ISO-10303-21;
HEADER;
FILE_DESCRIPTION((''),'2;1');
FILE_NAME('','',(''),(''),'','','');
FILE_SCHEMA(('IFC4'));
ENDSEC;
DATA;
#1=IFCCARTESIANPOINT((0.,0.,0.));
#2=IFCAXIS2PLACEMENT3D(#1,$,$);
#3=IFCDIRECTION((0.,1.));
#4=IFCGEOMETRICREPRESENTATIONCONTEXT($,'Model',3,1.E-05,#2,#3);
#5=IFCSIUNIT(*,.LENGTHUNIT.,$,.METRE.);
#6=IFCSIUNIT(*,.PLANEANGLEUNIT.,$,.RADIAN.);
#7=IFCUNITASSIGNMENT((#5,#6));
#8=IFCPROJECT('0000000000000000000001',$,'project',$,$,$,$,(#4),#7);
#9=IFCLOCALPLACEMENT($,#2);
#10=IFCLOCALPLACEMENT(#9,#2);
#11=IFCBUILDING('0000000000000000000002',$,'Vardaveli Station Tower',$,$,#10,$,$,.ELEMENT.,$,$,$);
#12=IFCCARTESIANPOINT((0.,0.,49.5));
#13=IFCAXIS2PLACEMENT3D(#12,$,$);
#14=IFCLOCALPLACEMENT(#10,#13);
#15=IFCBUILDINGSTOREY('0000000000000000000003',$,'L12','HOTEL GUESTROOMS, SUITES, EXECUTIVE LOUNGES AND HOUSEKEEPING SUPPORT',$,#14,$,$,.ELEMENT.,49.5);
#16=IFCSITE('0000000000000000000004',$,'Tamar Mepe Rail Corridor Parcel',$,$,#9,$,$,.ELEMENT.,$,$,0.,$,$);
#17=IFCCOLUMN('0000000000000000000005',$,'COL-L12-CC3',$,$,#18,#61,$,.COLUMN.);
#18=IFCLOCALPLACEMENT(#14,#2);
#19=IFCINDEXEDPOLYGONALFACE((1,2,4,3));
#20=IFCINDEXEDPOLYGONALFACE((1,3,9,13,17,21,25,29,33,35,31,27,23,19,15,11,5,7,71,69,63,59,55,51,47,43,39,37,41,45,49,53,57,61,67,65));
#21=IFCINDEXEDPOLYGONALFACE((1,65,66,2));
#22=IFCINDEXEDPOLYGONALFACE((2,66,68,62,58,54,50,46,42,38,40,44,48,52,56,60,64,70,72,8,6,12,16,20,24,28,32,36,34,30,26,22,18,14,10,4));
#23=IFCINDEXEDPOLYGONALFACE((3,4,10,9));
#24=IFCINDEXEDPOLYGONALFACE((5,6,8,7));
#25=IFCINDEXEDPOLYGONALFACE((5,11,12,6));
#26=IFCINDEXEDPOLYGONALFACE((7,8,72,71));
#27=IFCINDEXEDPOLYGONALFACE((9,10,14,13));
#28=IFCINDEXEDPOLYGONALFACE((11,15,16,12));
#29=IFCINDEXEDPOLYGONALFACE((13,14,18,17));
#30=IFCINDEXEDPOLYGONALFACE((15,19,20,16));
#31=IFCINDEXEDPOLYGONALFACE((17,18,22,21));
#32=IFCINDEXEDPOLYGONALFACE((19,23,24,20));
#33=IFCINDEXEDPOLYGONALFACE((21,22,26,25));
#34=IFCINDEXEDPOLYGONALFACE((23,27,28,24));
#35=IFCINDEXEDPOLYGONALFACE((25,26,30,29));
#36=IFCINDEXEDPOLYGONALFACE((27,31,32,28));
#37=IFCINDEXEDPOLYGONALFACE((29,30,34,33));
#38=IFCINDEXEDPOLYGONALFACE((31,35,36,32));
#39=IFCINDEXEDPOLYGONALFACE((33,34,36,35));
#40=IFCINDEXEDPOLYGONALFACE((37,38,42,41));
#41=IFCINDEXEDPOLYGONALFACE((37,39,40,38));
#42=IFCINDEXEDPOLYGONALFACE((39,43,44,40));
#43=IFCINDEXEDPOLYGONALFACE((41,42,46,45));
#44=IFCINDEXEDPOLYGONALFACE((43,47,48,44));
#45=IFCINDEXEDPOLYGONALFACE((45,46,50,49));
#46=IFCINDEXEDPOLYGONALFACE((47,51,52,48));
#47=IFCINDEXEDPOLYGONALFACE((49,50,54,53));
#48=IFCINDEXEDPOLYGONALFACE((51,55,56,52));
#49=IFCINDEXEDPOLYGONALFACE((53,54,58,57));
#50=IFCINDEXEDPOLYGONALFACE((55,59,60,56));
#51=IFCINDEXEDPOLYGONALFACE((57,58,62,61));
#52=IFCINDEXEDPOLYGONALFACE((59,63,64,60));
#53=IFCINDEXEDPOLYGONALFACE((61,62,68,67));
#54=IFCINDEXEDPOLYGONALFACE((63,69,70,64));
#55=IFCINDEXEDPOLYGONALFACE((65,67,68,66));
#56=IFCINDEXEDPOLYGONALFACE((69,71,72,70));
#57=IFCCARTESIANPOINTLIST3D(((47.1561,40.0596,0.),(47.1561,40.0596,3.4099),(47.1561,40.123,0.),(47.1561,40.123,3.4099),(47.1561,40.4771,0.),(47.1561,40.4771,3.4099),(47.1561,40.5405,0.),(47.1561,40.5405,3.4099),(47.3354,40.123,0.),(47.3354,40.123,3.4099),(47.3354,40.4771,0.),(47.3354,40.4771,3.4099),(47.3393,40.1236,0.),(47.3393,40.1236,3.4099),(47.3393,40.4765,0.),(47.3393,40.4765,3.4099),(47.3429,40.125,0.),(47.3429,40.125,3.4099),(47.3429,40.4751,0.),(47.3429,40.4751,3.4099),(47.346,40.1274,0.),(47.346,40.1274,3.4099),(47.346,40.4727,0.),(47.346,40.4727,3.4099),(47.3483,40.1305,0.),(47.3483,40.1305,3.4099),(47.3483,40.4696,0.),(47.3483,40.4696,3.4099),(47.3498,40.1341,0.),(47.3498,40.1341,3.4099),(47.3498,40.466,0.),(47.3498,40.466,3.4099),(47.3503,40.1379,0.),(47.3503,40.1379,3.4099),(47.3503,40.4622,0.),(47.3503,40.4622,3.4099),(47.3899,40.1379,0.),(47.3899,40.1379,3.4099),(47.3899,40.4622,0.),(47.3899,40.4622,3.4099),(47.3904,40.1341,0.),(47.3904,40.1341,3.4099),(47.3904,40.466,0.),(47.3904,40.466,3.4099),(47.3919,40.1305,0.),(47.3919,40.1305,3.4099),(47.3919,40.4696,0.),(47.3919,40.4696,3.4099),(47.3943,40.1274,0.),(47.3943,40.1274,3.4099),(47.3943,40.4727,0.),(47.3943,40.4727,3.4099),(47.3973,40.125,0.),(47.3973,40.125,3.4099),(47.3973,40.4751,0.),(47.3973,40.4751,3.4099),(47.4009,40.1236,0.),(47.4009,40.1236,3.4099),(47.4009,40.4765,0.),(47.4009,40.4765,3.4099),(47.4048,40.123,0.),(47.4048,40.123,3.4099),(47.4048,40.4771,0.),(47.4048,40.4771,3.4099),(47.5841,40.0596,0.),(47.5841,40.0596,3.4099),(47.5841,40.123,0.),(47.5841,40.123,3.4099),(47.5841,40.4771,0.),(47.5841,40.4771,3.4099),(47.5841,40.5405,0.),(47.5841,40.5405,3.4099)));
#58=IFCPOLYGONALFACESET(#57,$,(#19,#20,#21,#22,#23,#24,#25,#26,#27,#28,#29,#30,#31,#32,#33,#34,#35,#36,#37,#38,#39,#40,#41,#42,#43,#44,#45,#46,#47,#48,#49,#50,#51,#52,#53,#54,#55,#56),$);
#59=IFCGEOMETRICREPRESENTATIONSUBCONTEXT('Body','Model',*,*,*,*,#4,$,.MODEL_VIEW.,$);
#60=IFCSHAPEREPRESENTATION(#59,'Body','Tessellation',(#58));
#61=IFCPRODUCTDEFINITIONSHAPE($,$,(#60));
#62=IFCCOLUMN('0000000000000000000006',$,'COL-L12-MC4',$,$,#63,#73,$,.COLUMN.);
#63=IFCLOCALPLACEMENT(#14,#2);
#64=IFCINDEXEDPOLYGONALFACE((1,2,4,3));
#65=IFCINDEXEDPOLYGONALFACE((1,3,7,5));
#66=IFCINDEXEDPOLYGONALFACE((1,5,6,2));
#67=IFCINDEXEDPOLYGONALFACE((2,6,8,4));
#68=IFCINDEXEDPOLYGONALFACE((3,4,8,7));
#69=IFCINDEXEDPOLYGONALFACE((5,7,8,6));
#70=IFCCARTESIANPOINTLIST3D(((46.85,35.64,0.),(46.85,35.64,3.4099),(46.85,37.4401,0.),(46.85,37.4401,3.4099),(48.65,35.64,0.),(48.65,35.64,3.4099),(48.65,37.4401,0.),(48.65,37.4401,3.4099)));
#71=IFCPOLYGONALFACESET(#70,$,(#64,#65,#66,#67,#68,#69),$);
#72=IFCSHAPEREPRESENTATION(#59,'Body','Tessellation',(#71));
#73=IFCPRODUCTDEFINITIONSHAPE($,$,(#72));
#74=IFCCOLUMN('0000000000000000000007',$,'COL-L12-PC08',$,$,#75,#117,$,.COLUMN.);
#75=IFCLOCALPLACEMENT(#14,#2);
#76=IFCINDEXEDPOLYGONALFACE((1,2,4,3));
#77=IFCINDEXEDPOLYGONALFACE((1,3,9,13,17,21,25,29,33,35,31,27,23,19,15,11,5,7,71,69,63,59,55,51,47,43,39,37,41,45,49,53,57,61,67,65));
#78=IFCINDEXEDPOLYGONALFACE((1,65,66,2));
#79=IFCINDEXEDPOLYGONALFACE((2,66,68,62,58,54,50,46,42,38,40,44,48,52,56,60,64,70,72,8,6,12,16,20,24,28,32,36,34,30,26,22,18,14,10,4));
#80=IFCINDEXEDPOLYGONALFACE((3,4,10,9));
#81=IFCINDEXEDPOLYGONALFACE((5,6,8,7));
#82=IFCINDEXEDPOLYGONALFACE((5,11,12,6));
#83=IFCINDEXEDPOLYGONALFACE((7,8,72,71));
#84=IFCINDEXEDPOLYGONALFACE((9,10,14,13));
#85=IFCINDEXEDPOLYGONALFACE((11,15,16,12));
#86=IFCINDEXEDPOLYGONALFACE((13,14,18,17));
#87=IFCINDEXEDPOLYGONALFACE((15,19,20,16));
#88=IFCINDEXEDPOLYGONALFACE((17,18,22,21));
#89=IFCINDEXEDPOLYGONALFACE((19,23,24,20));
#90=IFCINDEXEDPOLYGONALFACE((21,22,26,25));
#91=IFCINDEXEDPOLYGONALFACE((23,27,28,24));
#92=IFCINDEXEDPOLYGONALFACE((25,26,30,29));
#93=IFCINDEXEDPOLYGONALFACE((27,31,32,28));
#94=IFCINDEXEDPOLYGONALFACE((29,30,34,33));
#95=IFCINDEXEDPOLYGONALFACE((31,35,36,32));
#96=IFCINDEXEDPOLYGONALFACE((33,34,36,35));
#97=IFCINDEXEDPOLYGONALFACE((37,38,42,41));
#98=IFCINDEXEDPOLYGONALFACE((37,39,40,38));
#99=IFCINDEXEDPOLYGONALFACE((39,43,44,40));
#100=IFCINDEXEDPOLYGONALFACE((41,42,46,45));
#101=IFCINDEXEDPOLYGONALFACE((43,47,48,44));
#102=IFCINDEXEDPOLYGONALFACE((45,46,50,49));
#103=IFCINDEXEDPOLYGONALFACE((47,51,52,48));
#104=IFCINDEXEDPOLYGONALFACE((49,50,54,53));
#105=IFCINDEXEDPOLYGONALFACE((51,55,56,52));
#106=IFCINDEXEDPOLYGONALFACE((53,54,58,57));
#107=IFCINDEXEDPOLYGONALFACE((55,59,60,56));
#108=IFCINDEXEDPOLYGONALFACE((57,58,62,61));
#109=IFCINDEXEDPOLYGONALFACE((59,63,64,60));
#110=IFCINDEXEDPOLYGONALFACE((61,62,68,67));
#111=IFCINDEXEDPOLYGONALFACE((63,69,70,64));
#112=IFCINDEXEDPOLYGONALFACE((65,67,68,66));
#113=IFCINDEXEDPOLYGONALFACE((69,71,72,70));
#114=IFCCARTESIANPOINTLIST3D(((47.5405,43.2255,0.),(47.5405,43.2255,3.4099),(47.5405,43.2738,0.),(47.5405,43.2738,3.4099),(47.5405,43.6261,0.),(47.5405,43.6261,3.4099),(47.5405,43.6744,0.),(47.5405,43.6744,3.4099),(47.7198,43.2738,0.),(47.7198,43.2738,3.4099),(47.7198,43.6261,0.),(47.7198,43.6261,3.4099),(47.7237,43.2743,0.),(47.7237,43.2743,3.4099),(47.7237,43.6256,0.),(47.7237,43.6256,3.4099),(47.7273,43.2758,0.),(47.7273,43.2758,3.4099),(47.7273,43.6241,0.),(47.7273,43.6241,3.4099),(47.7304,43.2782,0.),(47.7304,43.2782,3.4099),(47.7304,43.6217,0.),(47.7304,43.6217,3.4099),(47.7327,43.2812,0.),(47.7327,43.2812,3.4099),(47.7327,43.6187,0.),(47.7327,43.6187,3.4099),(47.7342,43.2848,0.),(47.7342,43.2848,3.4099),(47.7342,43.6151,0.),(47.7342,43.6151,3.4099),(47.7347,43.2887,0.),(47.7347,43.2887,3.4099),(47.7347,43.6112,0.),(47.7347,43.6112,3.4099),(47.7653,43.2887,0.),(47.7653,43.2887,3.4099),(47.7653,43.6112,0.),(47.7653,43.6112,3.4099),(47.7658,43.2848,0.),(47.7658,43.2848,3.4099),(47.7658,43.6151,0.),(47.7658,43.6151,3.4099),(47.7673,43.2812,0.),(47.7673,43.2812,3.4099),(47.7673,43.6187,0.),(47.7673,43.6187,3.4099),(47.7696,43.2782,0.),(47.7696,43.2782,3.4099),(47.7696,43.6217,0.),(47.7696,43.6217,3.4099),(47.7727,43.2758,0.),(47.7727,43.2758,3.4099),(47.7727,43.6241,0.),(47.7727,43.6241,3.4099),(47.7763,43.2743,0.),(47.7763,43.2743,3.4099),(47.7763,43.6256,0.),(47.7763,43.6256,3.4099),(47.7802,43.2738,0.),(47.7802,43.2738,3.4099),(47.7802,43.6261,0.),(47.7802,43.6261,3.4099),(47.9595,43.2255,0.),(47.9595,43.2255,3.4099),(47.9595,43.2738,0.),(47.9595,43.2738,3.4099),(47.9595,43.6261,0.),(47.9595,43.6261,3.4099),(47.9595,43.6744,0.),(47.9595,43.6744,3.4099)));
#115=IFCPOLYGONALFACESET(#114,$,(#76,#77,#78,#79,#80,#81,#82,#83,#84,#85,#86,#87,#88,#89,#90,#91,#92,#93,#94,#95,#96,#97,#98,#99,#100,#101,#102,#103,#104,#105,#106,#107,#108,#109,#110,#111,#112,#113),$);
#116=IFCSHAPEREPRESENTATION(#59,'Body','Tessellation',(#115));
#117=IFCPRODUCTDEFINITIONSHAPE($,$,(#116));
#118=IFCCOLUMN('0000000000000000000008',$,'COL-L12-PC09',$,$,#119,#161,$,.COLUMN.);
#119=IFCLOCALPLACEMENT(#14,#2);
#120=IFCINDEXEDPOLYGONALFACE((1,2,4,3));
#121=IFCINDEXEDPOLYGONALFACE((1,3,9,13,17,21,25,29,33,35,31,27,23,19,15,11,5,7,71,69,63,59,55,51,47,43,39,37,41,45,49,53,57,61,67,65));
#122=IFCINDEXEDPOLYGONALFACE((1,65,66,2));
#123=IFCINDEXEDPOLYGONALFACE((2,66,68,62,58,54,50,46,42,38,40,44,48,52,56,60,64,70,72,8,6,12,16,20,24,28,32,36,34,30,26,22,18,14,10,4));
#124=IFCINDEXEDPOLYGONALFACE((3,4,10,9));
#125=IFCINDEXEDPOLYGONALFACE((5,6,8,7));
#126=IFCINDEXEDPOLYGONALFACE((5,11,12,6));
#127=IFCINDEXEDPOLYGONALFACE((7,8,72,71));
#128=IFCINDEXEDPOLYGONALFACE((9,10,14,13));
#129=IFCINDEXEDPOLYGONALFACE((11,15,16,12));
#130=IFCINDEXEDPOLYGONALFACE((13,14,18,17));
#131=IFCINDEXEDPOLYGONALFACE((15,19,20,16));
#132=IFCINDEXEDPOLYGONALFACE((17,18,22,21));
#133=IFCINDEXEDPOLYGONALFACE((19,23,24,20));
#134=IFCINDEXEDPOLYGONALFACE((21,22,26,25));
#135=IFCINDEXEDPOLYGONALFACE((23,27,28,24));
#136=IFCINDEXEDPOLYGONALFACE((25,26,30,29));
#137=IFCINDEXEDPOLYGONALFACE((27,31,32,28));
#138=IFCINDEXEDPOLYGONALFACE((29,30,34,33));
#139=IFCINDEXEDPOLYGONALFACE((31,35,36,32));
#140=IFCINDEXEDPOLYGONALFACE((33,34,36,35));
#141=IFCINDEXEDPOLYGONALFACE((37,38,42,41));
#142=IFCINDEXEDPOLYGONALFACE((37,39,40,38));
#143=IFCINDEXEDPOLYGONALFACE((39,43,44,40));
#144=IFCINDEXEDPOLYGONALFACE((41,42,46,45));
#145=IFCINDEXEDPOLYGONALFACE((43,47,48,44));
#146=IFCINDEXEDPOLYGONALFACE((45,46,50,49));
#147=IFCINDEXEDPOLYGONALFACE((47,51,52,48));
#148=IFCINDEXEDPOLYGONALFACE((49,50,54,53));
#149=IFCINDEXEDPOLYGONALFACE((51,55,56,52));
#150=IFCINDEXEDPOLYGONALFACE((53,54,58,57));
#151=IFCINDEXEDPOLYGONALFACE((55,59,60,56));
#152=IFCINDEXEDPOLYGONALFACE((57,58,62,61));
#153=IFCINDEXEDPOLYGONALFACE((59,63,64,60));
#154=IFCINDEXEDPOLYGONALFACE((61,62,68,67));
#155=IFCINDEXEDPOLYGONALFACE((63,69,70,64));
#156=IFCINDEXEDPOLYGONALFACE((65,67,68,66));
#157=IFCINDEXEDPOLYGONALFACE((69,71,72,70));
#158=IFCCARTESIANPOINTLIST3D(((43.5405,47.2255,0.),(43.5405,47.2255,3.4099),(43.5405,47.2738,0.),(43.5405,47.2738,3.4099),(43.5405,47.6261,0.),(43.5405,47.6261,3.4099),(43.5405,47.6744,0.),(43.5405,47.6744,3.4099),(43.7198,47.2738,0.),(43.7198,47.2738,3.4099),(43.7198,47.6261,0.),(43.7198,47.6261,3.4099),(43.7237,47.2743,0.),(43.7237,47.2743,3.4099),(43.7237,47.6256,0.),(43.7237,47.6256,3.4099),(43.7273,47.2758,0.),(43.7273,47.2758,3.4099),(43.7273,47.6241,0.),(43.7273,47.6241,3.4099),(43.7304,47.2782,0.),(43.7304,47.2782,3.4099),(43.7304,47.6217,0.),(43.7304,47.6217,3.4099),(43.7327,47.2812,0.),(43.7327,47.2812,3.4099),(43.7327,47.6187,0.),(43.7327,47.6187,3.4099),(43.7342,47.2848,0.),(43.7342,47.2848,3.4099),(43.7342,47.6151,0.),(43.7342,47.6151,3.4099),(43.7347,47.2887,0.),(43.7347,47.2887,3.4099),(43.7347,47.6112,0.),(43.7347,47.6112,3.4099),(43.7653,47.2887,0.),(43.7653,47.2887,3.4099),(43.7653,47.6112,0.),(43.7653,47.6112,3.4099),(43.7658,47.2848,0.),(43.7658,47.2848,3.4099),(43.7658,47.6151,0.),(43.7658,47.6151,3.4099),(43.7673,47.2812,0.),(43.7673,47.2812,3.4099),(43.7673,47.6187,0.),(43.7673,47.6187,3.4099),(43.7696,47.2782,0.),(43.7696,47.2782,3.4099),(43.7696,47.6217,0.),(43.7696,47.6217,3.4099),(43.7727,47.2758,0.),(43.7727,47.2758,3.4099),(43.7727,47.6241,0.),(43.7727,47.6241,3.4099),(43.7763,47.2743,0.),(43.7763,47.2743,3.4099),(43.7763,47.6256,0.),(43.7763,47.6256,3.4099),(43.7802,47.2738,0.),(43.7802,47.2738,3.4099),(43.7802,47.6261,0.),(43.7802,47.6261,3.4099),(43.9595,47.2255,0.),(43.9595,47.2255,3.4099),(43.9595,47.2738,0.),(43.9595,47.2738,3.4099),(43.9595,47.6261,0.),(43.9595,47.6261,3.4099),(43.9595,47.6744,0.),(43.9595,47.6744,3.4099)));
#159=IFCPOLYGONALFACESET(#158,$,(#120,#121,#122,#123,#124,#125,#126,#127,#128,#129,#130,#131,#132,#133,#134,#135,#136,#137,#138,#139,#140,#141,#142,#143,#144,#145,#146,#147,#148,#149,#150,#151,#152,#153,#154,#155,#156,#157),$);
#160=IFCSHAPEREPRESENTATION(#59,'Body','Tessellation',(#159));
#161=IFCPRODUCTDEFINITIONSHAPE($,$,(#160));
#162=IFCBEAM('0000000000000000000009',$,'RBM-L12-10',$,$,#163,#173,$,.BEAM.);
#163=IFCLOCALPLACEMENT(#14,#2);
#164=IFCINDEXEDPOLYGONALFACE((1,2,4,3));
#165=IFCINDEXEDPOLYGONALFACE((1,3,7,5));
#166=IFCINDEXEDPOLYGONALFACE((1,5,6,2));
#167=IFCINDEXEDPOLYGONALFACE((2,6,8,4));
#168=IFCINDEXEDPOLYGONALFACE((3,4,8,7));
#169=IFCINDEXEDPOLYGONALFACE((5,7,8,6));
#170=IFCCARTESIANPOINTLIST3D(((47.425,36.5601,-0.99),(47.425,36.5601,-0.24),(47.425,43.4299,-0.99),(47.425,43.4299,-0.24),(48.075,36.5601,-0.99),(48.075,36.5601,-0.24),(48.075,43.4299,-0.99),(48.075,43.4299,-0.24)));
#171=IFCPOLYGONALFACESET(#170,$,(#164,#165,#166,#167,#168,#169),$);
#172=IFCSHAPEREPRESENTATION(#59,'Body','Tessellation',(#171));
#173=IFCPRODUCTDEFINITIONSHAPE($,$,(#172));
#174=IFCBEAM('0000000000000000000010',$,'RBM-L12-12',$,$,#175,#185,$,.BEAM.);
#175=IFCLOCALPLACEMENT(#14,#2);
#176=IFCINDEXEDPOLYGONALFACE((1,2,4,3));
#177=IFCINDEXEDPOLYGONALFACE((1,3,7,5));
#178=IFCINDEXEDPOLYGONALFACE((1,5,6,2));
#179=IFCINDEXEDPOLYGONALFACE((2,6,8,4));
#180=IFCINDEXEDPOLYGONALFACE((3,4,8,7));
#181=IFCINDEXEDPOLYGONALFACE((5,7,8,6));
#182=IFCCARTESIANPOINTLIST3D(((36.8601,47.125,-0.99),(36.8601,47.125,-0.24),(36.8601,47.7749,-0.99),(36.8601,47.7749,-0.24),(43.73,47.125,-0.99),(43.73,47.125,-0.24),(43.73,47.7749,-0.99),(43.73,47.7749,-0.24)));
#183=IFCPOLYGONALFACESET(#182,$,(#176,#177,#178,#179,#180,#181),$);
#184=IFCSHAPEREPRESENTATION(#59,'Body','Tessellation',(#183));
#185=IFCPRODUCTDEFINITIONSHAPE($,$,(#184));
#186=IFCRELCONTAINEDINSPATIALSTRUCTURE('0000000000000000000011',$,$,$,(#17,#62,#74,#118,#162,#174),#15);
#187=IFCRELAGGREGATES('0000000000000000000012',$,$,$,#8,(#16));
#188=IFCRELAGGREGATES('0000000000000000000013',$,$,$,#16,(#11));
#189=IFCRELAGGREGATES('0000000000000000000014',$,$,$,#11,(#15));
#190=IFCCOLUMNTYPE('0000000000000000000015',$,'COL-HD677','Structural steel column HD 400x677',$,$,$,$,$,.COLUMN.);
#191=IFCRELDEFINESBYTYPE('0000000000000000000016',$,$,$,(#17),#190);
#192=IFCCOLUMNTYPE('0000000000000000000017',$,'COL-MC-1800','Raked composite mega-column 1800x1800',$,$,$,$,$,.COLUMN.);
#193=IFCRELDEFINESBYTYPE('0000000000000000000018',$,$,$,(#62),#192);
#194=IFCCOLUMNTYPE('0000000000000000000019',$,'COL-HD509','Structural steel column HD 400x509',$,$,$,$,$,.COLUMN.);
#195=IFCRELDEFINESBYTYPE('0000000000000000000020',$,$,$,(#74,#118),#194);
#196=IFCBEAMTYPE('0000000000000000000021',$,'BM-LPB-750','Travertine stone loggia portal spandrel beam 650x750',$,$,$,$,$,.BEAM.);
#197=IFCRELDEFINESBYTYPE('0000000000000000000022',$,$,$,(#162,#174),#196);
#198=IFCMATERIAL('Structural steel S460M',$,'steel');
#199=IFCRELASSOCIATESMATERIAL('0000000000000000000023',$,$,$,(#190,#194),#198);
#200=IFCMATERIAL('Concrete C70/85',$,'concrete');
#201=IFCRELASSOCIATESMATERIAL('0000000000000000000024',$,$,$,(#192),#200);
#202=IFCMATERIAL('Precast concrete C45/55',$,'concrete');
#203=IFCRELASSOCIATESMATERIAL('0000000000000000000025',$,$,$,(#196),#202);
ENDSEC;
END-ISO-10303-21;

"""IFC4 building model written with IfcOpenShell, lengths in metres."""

from ifc_helpers import new_model, si_unit, direction, frame, origin, origin_2d, place, context, subcontext, project, spatial, rectangle, i_section, extrude, source, transform, mapped, material, material_profile, profile_set, type_object, element, save


model = new_model("IFC4")

# Units and contexts
model_context = context("Model", 3, precision=1e-05, world=origin(), true_north=direction((0.0, 1.0)))
body_context = subcontext(model_context, "Body", "Model", "MODEL_VIEW")
ifc_project = project(units=[si_unit("LENGTHUNIT", "METRE"), si_unit("PLANEANGLEUNIT", "RADIAN")], contexts=[model_context])

# Site, building, storey
site_placement = place(None, origin())
site = spatial("IfcSite", under=ifc_project, at=site_placement, Name="Tamar Mepe Rail Corridor Parcel", CompositionType="ELEMENT", RefElevation=0.0)
building_placement = place(site_placement, origin())
building = spatial("IfcBuilding", under=site, at=building_placement, Name="Vardaveli Station Tower", CompositionType="ELEMENT")
storey_placement = place(building_placement, frame((0.0, 0.0, 49.5)))
storey = spatial("IfcBuildingStorey", under=building, at=storey_placement, Name="L12", Description="HOTEL GUESTROOMS, SUITES, EXECUTIVE LOUNGES AND HOUSEKEEPING SUPPORT", CompositionType="ELEMENT", Elevation=49.5)

# Columns
ifc_material_1 = material(Name="Structural steel S460M", Category="steel")
ifc_material_profile_1 = material_profile(ifc_material_1, i_section(OverallWidth=0.428, OverallDepth=0.481, WebThickness=0.0396, FlangeThickness=0.0635, FilletRadius=0.0149, at=origin_2d()), Name="HD 400x677")
ifc_profile_set_1 = profile_set([ifc_material_profile_1], Name="Structural steel S460M")
column_type_1 = type_object("IfcColumnType", Name="COL-HD677", Description="Structural steel column HD 400x677", PredefinedType="COLUMN", material=ifc_profile_set_1)
shared_shape_1 = source(origin(), body_context, "Body", "SweptSolid", [
    extrude(i_section(OverallWidth=0.428, OverallDepth=0.481, WebThickness=0.0396, FlangeThickness=0.0635, FilletRadius=0.0149, at=origin_2d()), origin(), (0.0, 0.0, 1.0), 3.4099),
])
column_1_placement = place(storey_placement, frame((47.3701, 40.3, 0.0), z_axis=(0.0, 0.0, 1.0), x_axis=(1.0, 0.0, 0.0)))
element("IfcColumn", 1, at=column_1_placement, inside=storey, type_object=column_type_1, Name="COL-L12-CC3", PredefinedType="COLUMN", context=body_context, shape_type="MappedRepresentation", body=[
    mapped(shared_shape_1, transform((0.0, 0.0, 0.0), scale=1.0)),
])
ifc_material_2 = material(Name="Concrete C70/85", Category="concrete")
ifc_material_profile_2 = material_profile(ifc_material_2, rectangle(XDim=1.8, YDim=1.8, at=origin_2d()), Name="MC 1800x1800")
ifc_profile_set_2 = profile_set([ifc_material_profile_2], Name="Concrete C70/85")
column_type_2 = type_object("IfcColumnType", Name="COL-MC-1800", Description="Raked composite mega-column 1800x1800", PredefinedType="COLUMN", material=ifc_profile_set_2)
shared_shape_2 = source(origin(), body_context, "Body", "SweptSolid", [
    extrude(rectangle(XDim=1.8, YDim=1.8, at=origin_2d()), origin(), (0.0, 0.0, 1.0), 3.4099),
])
column_2_placement = place(storey_placement, frame((47.75, 36.54, 0.0), z_axis=(0.0, 0.0, 1.0), x_axis=(1.0, 0.0, 0.0)))
element("IfcColumn", 2, at=column_2_placement, inside=storey, type_object=column_type_2, Name="COL-L12-MC4", PredefinedType="COLUMN", context=body_context, shape_type="MappedRepresentation", body=[
    mapped(shared_shape_2, transform((0.0, 0.0, 0.0), scale=1.0)),
])
ifc_material_profile_3 = material_profile(ifc_material_1, i_section(OverallWidth=0.4189, OverallDepth=0.449, WebThickness=0.0305, FlangeThickness=0.0483, FilletRadius=0.0149, at=origin_2d()), Name="HD 400x509")
ifc_profile_set_3 = profile_set([ifc_material_profile_3], Name="Structural steel S460M")
column_type_3 = type_object("IfcColumnType", Name="COL-HD509", Description="Structural steel column HD 400x509", PredefinedType="COLUMN", material=ifc_profile_set_3)
shared_shape_3 = source(origin(), body_context, "Body", "SweptSolid", [
    extrude(i_section(OverallWidth=0.4189, OverallDepth=0.449, WebThickness=0.0305, FlangeThickness=0.0483, FilletRadius=0.0149, at=origin_2d()), origin(), (0.0, 0.0, 1.0), 3.4099),
])
for number, where, z_axis, x_axis, name in (
    (3, (47.75, 43.45, 0.0), (0.0, 0.0, 1.0), (1.0, 0.0, 0.0), "COL-L12-PC08"),
    (4, (43.75, 47.45, 0.0), (0.0, 0.0, 1.0), (1.0, 0.0, 0.0), "COL-L12-PC09"),
):
    element("IfcColumn", number, at=place(storey_placement, frame(where, z_axis=z_axis, x_axis=x_axis)), inside=storey, type_object=column_type_3, Name=name, PredefinedType="COLUMN", context=body_context, shape_type="MappedRepresentation", body=[
        mapped(shared_shape_3, transform((0.0, 0.0, 0.0), scale=1.0)),
    ])

# Beams
ifc_material_3 = material(Name="Precast concrete C45/55", Category="concrete")
ifc_material_profile_4 = material_profile(ifc_material_3, rectangle(XDim=0.6499, YDim=0.75, at=origin_2d()), Name="LPB 650x750")
ifc_profile_set_4 = profile_set([ifc_material_profile_4], Name="Precast concrete C45/55")
beam_type = type_object("IfcBeamType", Name="BM-LPB-750", Description="Travertine stone loggia portal spandrel beam 650x750", PredefinedType="BEAM", material=ifc_profile_set_4)
shared_shape_4 = source(origin(), body_context, "Body", "SweptSolid", [
    extrude(rectangle(XDim=0.6499, YDim=0.75, at=origin_2d()), origin(), (0.0, 0.0, 1.0), 6.8699),
])
for number, where, z_axis, x_axis, name in (
    (5, (47.75, 36.5601, -0.615), (0.0, 1.0, 0.0), (-1.0, 0.0, 0.0), "RBM-L12-10"),
    (6, (43.73, 47.45, -0.615), (-1.0, 0.0, 0.0), (0.0, -1.0, 0.0), "RBM-L12-12"),
):
    element("IfcBeam", number, at=place(storey_placement, frame(where, z_axis=z_axis, x_axis=x_axis)), inside=storey, type_object=beam_type, Name=name, PredefinedType="BEAM", context=body_context, shape_type="MappedRepresentation", body=[
        mapped(shared_shape_4, transform((0.0, 0.0, 0.0), scale=1.0)),
    ])

save(model, "model.ifc")
